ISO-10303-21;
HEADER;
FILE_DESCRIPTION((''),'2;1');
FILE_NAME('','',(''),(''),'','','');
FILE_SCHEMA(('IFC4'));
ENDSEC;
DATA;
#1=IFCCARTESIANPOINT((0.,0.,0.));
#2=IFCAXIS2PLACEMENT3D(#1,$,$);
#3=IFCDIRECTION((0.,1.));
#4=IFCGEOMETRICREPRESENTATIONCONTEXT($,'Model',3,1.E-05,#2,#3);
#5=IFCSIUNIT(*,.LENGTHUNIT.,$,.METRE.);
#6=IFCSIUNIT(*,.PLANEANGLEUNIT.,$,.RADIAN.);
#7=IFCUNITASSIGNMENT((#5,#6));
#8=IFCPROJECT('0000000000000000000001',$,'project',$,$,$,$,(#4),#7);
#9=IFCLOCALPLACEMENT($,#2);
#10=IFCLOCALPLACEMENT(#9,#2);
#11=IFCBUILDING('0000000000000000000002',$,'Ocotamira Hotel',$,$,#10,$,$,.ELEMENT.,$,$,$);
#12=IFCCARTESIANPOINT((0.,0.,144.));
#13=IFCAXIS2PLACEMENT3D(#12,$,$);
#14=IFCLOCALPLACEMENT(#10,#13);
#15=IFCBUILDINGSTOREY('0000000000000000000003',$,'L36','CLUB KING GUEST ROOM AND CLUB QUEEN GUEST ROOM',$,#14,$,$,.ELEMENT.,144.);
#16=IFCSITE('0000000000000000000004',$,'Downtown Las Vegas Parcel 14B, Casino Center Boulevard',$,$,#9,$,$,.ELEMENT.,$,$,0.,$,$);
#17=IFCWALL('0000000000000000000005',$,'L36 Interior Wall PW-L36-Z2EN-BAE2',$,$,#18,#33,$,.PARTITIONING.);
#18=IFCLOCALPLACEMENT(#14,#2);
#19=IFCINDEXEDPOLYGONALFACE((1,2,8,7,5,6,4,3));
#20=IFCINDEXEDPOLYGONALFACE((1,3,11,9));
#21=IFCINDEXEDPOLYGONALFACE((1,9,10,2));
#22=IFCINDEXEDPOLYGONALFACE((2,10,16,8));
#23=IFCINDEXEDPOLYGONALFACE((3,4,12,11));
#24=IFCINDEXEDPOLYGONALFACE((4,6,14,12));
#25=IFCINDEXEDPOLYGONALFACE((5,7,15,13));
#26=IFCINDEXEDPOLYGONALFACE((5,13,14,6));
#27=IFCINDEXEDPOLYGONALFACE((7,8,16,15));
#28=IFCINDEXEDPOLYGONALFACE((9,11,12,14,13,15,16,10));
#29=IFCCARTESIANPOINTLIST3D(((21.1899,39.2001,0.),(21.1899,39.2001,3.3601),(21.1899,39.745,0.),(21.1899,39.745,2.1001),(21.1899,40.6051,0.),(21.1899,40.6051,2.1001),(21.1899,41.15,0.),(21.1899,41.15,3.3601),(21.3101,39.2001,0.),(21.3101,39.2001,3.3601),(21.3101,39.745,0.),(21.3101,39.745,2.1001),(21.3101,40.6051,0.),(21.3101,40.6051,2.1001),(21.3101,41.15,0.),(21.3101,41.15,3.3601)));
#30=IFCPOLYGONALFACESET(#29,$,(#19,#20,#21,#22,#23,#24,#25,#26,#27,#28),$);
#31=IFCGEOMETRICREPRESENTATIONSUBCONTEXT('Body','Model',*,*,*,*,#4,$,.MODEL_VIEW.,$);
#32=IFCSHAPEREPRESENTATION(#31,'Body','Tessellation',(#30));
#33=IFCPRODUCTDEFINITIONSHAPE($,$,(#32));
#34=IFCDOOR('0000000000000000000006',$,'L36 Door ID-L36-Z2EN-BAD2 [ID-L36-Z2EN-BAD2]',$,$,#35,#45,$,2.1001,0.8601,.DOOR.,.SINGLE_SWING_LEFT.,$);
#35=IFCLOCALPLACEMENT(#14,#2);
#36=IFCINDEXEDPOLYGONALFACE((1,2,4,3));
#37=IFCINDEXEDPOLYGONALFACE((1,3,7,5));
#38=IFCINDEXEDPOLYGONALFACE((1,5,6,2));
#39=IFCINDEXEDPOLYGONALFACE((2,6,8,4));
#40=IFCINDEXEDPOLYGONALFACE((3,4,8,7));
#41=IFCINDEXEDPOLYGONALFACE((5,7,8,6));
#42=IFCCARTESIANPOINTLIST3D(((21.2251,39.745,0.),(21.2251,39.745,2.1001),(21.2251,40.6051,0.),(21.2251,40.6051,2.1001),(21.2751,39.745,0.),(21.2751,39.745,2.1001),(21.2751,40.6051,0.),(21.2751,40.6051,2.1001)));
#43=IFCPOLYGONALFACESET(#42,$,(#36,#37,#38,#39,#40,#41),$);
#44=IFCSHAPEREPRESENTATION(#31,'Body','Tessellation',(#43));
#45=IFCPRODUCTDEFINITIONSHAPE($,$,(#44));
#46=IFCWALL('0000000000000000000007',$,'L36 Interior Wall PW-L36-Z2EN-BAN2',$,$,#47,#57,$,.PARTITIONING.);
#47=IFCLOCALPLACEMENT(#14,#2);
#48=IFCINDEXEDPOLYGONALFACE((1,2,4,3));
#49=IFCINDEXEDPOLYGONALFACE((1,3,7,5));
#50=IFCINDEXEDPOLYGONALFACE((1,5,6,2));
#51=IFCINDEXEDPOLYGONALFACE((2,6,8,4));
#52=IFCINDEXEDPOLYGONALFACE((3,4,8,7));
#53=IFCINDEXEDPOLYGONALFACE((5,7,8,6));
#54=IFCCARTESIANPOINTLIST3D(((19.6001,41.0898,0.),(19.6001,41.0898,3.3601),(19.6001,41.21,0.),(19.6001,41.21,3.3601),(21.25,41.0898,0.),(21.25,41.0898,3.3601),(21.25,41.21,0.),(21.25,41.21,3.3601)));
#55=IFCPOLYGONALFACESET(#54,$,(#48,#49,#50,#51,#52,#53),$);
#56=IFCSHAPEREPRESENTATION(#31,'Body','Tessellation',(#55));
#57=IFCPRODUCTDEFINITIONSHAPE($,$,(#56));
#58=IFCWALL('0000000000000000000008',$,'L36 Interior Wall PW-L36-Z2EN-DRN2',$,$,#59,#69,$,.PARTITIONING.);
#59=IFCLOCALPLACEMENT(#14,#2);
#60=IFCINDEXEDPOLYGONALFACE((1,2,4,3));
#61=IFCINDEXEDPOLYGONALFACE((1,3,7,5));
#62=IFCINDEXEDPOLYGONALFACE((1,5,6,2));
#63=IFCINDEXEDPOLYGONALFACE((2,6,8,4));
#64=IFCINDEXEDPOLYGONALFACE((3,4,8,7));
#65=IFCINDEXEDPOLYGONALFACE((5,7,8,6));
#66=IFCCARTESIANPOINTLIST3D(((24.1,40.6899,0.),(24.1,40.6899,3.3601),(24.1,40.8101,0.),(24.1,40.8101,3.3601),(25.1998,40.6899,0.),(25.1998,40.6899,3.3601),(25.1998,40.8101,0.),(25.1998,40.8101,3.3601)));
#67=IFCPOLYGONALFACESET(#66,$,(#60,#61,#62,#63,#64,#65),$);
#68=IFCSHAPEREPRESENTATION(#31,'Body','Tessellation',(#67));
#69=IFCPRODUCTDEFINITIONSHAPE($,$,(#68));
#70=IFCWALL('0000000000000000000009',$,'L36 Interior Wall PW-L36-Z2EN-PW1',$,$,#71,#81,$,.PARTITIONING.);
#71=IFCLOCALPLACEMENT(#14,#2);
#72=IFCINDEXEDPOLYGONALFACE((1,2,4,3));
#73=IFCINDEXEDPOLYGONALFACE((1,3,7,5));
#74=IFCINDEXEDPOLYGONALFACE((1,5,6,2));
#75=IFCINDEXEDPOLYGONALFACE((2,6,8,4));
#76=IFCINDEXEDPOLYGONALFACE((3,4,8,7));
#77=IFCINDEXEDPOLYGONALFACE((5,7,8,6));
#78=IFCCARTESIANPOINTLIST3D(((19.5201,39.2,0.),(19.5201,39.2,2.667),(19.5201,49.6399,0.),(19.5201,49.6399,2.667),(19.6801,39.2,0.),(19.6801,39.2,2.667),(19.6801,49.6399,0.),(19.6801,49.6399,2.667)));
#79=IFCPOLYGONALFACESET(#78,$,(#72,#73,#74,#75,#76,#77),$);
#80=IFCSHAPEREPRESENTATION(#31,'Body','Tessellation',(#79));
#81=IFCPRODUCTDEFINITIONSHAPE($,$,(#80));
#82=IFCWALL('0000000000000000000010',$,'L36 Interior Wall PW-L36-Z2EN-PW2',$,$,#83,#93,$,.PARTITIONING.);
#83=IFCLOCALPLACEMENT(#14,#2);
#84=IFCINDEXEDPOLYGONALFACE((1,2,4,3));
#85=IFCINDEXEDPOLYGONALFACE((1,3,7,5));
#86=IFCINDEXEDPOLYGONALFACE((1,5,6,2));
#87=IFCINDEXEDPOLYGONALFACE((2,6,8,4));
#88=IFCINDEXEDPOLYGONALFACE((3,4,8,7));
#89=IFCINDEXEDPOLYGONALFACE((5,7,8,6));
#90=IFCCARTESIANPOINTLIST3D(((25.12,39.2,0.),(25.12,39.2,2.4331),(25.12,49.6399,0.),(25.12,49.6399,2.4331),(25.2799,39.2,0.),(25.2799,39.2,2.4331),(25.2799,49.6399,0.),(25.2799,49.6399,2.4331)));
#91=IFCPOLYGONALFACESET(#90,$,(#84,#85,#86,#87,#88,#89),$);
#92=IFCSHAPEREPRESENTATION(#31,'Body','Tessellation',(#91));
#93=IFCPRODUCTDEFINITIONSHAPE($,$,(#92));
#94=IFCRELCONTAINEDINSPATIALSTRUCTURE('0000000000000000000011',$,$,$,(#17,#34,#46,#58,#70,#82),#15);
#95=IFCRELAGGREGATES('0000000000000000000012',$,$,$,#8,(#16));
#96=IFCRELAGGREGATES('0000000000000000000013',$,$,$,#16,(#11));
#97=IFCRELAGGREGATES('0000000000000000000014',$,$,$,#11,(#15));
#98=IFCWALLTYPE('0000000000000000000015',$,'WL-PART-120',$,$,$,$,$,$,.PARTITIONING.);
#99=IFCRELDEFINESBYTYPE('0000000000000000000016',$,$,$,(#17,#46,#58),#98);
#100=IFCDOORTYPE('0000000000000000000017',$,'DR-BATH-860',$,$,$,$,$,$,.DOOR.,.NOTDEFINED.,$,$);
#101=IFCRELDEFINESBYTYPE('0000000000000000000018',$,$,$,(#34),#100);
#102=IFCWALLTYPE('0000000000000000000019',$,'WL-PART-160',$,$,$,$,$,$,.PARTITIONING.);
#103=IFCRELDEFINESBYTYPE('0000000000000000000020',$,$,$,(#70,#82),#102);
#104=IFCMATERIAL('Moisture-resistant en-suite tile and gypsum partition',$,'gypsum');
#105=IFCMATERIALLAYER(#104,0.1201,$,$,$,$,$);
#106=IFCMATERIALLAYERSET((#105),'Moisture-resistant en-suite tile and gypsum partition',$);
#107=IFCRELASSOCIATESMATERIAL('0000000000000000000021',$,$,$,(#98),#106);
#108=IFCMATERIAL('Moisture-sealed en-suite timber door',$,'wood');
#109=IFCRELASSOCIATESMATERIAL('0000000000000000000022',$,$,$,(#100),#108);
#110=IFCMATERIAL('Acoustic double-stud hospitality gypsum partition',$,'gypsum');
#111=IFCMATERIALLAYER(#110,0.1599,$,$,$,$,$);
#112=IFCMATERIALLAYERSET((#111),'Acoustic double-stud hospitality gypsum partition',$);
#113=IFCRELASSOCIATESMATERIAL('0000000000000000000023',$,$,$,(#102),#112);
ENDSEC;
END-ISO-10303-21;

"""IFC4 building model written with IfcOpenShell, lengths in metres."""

from ifc_helpers import new_model, si_unit, direction, frame, frame_2d, origin, place, context, subcontext, project, spatial, rectangle, extrude, source, transform, mapped, material, layer, layer_set, type_object, element, fill, save


model = new_model("IFC4")

# Units and contexts
model_context = context("Model", 3, precision=1e-05, world=origin(), true_north=direction((0.0, 1.0)))
body_context = subcontext(model_context, "Body", "Model", "MODEL_VIEW")
ifc_project = project(units=[si_unit("LENGTHUNIT", "METRE"), si_unit("PLANEANGLEUNIT", "RADIAN")], contexts=[model_context])

# Site, building, storey
site_placement = place(None, origin())
site = spatial("IfcSite", under=ifc_project, at=site_placement, Name="Downtown Las Vegas Parcel 14B, Casino Center Boulevard", CompositionType="ELEMENT", RefElevation=0.0)
building_placement = place(site_placement, origin())
building = spatial("IfcBuilding", under=site, at=building_placement, Name="Ocotamira Hotel", CompositionType="ELEMENT")
storey_placement = place(building_placement, frame((0.0, 0.0, 144.0)))
storey = spatial("IfcBuildingStorey", under=building, at=storey_placement, Name="L36", Description="CLUB KING GUEST ROOM AND CLUB QUEEN GUEST ROOM", CompositionType="ELEMENT", Elevation=144.0)

# Shared definitions
ifc_material_1 = material(Name="Moisture-resistant en-suite tile and gypsum partition", Category="gypsum")
ifc_layer_1 = layer(ifc_material_1, 0.1201)
ifc_layer_set_1 = layer_set([ifc_layer_1], Name="Moisture-resistant en-suite tile and gypsum partition")
wall_type_1 = type_object("IfcWallType", Name="WL-PART-120", PredefinedType="PARTITIONING", material=ifc_layer_set_1)

# Wall, opening, door
wall_1_placement = place(storey_placement, frame((21.25, 39.2, 0.0), z_axis=(0.0, 0.0, 1.0), x_axis=(0.0, 1.0, 0.0)))
wall_1 = element("IfcWall", 1, at=wall_1_placement, inside=storey, type_object=wall_type_1, Name="L36 Interior Wall PW-L36-Z2EN-BAE2", PredefinedType="PARTITIONING", context=body_context, shape_type="SweptSolid", body=[
    extrude(rectangle(XDim=1.95, YDim=0.1201, at=frame_2d((0.9751, 0.0))), origin(), (0.0, 0.0, 1.0), 3.3601),
])
opening_placement = place(wall_1_placement, frame((0.5449, 0.0, 0.0)))
opening = element("IfcOpeningElement", 2, at=opening_placement, cuts=wall_1, PredefinedType="OPENING", context=body_context, shape_type="SweptSolid", body=[
    extrude(rectangle(XDim=0.8601, YDim=2.1001, at=frame_2d((0.4302, 1.05))), frame((0.0, 0.0701, 0.0), z_axis=(0.0, -1.0, 0.0), x_axis=(1.0, 0.0, 0.0)), (0.0, 0.0, 1.0), 0.1401),
])
ifc_material_2 = material(Name="Moisture-sealed en-suite timber door", Category="wood")
door_type = type_object("IfcDoorType", Name="DR-BATH-860", OperationType="NOTDEFINED", PredefinedType="DOOR", material=ifc_material_2)
shared_shape_1 = source(origin(), body_context, "Body", "SweptSolid", [
    extrude(rectangle(XDim=0.8601, YDim=2.1001, at=frame_2d((0.4302, 1.05))), frame((0.0, 0.0249, 0.0), z_axis=(0.0, -1.0, 0.0), x_axis=(1.0, 0.0, 0.0)), (0.0, 0.0, 1.0), 0.05),
])
door_placement = place(opening_placement, origin())
door = element("IfcDoor", 3, at=door_placement, inside=storey, type_object=door_type, Name="L36 Door ID-L36-Z2EN-BAD2 [ID-L36-Z2EN-BAD2]", OperationType="SINGLE_SWING_LEFT", OverallHeight=2.1001, OverallWidth=0.8601, PredefinedType="DOOR", context=body_context, shape_type="MappedRepresentation", body=[
    mapped(shared_shape_1, transform((0.0, 0.0, 0.0), scale=1.0)),
])
fill(opening, door)

# Walls
wall_2_placement = place(storey_placement, frame((19.6001, 41.1499, 0.0), z_axis=(0.0, 0.0, 1.0), x_axis=(1.0, 0.0, 0.0)))
element("IfcWall", 4, at=wall_2_placement, inside=storey, type_object=wall_type_1, Name="L36 Interior Wall PW-L36-Z2EN-BAN2", PredefinedType="PARTITIONING", context=body_context, shape_type="SweptSolid", body=[
    extrude(rectangle(XDim=1.6499, YDim=0.1201, at=frame_2d((0.825, 0.0))), origin(), (0.0, 0.0, 1.0), 3.3601),
])
wall_3_placement = place(storey_placement, frame((24.1001, 40.75, 0.0), z_axis=(0.0, 0.0, 1.0), x_axis=(1.0, 0.0, 0.0)))
element("IfcWall", 5, at=wall_3_placement, inside=storey, type_object=wall_type_1, Name="L36 Interior Wall PW-L36-Z2EN-DRN2", PredefinedType="PARTITIONING", context=body_context, shape_type="SweptSolid", body=[
    extrude(rectangle(XDim=1.0999, YDim=0.1201, at=frame_2d((0.5498, 0.0))), origin(), (0.0, 0.0, 1.0), 3.3601),
])
ifc_material_3 = material(Name="Acoustic double-stud hospitality gypsum partition", Category="gypsum")
ifc_layer_2 = layer(ifc_material_3, 0.1599)
ifc_layer_set_2 = layer_set([ifc_layer_2], Name="Acoustic double-stud hospitality gypsum partition")
wall_type_2 = type_object("IfcWallType", Name="WL-PART-160", PredefinedType="PARTITIONING", material=ifc_layer_set_2)
wall_4_placement = place(storey_placement, frame((19.6001, 39.2, 0.0), z_axis=(0.0, 0.0, 1.0), x_axis=(0.0, 1.0, 0.0)))
element("IfcWall", 6, at=wall_4_placement, inside=storey, type_object=wall_type_2, Name="L36 Interior Wall PW-L36-Z2EN-PW1", PredefinedType="PARTITIONING", context=body_context, shape_type="SweptSolid", body=[
    extrude(rectangle(XDim=10.4399, YDim=0.1599, at=frame_2d((5.22, 0.0))), origin(), (0.0, 0.0, 1.0), 2.667),
])
wall_5_placement = place(storey_placement, frame((25.2, 39.2, 0.0), z_axis=(0.0, 0.0, 1.0), x_axis=(0.0, 1.0, 0.0)))
element("IfcWall", 7, at=wall_5_placement, inside=storey, type_object=wall_type_2, Name="L36 Interior Wall PW-L36-Z2EN-PW2", PredefinedType="PARTITIONING", context=body_context, shape_type="SweptSolid", body=[
    extrude(rectangle(XDim=10.4399, YDim=0.1599, at=frame_2d((5.22, 0.0))), origin(), (0.0, 0.0, 1.0), 2.4331),
])

save(model, "model.ifc")
